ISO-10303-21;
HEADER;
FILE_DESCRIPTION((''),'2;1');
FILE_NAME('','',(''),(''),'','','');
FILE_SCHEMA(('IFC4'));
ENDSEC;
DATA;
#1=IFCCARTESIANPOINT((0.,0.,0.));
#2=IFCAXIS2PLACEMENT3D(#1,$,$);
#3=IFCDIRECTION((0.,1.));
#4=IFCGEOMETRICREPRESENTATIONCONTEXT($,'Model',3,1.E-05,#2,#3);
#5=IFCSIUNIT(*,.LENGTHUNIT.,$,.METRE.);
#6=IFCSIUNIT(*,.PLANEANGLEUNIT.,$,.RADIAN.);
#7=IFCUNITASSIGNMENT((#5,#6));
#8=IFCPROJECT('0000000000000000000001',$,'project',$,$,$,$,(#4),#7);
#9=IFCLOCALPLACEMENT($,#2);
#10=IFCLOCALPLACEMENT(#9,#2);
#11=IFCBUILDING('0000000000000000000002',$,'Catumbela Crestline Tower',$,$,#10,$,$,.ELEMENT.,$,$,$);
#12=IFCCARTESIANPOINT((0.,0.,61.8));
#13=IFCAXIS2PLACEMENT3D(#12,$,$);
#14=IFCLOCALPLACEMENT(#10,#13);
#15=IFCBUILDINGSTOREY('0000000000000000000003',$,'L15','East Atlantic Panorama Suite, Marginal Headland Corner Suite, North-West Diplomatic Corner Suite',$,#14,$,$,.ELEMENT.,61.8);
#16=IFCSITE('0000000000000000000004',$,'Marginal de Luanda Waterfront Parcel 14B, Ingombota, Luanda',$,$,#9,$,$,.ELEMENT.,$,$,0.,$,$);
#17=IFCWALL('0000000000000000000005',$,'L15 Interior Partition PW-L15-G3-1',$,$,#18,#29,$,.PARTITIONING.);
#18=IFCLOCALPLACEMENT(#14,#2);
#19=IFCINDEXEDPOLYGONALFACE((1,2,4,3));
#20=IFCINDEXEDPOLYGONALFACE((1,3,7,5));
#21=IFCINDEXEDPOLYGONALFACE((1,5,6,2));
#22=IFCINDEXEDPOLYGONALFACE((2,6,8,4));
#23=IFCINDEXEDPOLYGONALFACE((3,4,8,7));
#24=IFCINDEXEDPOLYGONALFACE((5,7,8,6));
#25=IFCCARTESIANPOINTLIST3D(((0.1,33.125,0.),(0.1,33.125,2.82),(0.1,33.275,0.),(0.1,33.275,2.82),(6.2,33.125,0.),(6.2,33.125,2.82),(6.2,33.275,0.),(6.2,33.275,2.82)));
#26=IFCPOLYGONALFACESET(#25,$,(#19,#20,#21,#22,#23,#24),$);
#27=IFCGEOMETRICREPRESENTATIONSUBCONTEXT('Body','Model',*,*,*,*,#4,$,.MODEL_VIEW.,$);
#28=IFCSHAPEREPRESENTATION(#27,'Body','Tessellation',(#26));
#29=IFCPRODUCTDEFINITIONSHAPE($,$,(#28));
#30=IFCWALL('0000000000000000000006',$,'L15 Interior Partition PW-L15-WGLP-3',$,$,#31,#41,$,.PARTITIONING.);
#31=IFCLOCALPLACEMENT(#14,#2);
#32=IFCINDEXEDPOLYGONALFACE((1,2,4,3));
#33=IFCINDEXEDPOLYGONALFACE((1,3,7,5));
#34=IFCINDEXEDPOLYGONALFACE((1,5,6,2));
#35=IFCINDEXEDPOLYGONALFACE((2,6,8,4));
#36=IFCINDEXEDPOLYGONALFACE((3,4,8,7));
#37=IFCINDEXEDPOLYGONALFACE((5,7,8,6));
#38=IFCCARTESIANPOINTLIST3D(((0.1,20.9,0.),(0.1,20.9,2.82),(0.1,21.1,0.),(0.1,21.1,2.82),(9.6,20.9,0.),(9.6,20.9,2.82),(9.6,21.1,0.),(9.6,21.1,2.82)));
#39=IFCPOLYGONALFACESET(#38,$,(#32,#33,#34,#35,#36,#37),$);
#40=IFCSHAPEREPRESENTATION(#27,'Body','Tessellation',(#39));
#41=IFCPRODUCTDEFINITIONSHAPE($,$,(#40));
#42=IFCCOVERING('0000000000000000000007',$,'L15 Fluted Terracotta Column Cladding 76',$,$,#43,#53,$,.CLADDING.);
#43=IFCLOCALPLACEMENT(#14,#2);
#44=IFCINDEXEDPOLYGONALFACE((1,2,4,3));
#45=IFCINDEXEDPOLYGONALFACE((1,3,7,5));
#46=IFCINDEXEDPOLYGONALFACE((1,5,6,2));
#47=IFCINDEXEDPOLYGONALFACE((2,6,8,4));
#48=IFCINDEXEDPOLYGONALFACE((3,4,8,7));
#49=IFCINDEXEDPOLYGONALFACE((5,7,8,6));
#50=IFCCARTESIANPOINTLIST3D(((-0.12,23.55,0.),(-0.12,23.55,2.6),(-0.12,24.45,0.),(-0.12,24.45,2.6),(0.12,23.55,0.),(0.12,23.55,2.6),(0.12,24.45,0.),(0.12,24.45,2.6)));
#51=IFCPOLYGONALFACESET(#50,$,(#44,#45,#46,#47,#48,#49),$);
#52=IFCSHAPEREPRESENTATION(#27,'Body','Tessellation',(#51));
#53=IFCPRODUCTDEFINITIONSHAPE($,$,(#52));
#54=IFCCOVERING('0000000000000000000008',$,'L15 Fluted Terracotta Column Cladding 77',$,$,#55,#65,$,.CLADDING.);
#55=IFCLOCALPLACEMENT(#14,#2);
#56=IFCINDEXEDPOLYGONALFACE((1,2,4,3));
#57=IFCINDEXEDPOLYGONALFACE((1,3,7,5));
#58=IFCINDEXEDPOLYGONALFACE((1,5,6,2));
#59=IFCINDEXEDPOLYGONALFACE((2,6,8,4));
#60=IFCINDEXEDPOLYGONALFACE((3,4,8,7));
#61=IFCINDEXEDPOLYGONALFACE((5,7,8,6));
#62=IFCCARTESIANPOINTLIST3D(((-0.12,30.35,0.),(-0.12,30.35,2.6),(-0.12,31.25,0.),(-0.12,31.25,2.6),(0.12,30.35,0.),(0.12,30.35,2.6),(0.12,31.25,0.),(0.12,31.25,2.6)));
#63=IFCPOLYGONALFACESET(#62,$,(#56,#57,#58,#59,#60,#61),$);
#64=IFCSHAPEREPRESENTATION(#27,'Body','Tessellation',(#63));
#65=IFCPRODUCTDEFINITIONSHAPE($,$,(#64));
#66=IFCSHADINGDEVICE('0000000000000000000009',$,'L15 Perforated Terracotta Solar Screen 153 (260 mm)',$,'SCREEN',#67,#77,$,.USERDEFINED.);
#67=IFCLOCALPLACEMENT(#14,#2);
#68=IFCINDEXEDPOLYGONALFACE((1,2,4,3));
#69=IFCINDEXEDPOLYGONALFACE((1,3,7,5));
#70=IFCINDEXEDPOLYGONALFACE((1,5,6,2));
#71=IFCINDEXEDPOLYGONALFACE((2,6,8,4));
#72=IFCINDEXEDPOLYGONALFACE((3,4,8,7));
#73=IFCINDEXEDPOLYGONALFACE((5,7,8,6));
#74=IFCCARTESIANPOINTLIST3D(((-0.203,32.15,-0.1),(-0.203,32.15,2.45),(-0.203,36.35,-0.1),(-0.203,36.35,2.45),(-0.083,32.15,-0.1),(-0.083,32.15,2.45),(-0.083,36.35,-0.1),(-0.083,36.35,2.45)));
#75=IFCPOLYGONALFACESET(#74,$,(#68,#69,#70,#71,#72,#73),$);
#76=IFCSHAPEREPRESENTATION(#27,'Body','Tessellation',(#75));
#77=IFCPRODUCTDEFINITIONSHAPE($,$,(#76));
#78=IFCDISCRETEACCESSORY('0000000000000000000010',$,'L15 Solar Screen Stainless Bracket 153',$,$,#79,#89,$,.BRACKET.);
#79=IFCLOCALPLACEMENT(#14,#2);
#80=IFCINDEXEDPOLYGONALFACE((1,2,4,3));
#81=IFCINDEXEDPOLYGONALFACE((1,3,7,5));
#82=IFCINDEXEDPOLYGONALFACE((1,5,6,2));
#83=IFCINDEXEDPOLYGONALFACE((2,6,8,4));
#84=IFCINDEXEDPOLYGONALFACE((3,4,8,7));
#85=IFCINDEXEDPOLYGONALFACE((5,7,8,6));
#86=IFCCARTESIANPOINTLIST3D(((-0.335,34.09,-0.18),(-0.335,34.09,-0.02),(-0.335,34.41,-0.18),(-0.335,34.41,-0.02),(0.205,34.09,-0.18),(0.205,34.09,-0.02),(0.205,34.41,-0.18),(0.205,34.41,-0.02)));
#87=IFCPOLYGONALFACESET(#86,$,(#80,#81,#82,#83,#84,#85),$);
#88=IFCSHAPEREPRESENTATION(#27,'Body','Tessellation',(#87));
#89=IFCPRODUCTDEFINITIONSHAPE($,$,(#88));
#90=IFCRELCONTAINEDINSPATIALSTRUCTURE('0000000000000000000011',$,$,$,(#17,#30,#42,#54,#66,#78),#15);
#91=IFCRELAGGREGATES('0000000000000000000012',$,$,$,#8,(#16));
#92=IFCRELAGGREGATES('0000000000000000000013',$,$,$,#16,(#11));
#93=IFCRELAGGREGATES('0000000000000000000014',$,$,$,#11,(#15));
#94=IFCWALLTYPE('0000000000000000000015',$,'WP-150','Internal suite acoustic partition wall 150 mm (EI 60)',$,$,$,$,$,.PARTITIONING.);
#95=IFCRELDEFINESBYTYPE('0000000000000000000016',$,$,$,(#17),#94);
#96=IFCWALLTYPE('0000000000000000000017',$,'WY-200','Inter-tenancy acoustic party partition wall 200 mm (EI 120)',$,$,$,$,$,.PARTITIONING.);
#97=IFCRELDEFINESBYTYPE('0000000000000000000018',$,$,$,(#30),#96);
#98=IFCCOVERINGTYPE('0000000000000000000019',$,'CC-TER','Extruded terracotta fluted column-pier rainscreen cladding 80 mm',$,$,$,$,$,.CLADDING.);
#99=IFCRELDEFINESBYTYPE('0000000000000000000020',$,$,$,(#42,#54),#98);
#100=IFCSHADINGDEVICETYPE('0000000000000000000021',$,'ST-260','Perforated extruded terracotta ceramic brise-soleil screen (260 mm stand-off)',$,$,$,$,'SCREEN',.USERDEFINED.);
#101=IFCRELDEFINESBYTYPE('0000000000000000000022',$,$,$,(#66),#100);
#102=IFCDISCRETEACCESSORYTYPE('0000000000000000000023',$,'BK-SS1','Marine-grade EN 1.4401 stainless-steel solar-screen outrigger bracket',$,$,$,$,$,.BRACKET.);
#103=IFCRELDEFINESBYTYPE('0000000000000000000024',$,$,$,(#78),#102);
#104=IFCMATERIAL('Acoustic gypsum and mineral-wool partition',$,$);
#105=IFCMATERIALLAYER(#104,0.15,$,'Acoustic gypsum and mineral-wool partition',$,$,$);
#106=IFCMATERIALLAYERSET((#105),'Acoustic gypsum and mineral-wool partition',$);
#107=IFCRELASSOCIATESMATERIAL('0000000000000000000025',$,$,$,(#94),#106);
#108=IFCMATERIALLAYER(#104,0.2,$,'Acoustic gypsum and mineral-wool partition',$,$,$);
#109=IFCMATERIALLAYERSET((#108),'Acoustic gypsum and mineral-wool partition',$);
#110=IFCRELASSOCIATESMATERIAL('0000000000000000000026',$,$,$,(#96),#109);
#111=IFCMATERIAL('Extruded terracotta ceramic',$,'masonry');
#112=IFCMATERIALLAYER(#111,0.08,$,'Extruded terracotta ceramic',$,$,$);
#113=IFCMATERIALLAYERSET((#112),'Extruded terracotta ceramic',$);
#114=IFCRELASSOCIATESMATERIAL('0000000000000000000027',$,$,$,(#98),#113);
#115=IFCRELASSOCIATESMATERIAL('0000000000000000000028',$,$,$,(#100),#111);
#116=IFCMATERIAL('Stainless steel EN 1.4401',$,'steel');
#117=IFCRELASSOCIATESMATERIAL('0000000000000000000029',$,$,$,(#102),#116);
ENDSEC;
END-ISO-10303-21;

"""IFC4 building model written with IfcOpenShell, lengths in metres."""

from ifc_helpers import new_model, si_unit, direction, frame, frame_2d, origin, origin_2d, place, context, subcontext, project, spatial, rectangle, extrude, material, layer, layer_set, type_object, element, save


model = new_model("IFC4")

# Units and contexts
model_context = context("Model", 3, precision=1e-05, world=origin(), true_north=direction((0.0, 1.0)))
body_context = subcontext(model_context, "Body", "Model", "MODEL_VIEW")
ifc_project = project(units=[si_unit("LENGTHUNIT", "METRE"), si_unit("PLANEANGLEUNIT", "RADIAN")], contexts=[model_context])

# Site, building, storey
site_placement = place(None, origin())
site = spatial("IfcSite", under=ifc_project, at=site_placement, Name="Marginal de Luanda Waterfront Parcel 14B, Ingombota, Luanda", CompositionType="ELEMENT", RefElevation=0.0)
building_placement = place(site_placement, origin())
building = spatial("IfcBuilding", under=site, at=building_placement, Name="Catumbela Crestline Tower", CompositionType="ELEMENT")
storey_placement = place(building_placement, frame((0.0, 0.0, 61.8)))
storey = spatial("IfcBuildingStorey", under=building, at=storey_placement, Name="L15", Description="East Atlantic Panorama Suite, Marginal Headland Corner Suite, North-West Diplomatic Corner Suite", CompositionType="ELEMENT", Elevation=61.8)

# Walls
ifc_material_1 = material(Name="Acoustic gypsum and mineral-wool partition")
ifc_layer_1 = layer(ifc_material_1, 0.15, Name="Acoustic gypsum and mineral-wool partition")
ifc_layer_set_1 = layer_set([ifc_layer_1], Name="Acoustic gypsum and mineral-wool partition")
wall_type_1 = type_object("IfcWallType", Name="WP-150", Description="Internal suite acoustic partition wall 150 mm (EI 60)", PredefinedType="PARTITIONING", material=ifc_layer_set_1)
wall_1_placement = place(storey_placement, frame((0.1, 33.2, 0.0), z_axis=(0.0, 0.0, 1.0), x_axis=(1.0, 0.0, 0.0)))
element("IfcWall", 1, at=wall_1_placement, inside=storey, type_object=wall_type_1, Name="L15 Interior Partition PW-L15-G3-1", PredefinedType="PARTITIONING", context=body_context, shape_type="SweptSolid", body=[
    extrude(rectangle(XDim=6.1, YDim=0.15, at=frame_2d((3.05, 0.0))), origin(), (0.0, 0.0, 1.0), 2.82),
])
ifc_layer_2 = layer(ifc_material_1, 0.2, Name="Acoustic gypsum and mineral-wool partition")
ifc_layer_set_2 = layer_set([ifc_layer_2], Name="Acoustic gypsum and mineral-wool partition")
wall_type_2 = type_object("IfcWallType", Name="WY-200", Description="Inter-tenancy acoustic party partition wall 200 mm (EI 120)", PredefinedType="PARTITIONING", material=ifc_layer_set_2)
wall_2_placement = place(storey_placement, frame((0.1, 21.0, 0.0), z_axis=(0.0, 0.0, 1.0), x_axis=(1.0, 0.0, 0.0)))
element("IfcWall", 2, at=wall_2_placement, inside=storey, type_object=wall_type_2, Name="L15 Interior Partition PW-L15-WGLP-3", PredefinedType="PARTITIONING", context=body_context, shape_type="SweptSolid", body=[
    extrude(rectangle(XDim=9.5, YDim=0.2, at=frame_2d((4.75, 0.0))), origin(), (0.0, 0.0, 1.0), 2.82),
])

# Coverings
ifc_material_2 = material(Name="Extruded terracotta ceramic", Category="masonry")
ifc_layer_3 = layer(ifc_material_2, 0.08, Name="Extruded terracotta ceramic")
ifc_layer_set_3 = layer_set([ifc_layer_3], Name="Extruded terracotta ceramic")
covering_type = type_object("IfcCoveringType", Name="CC-TER", Description="Extruded terracotta fluted column-pier rainscreen cladding 80 mm", PredefinedType="CLADDING", material=ifc_layer_set_3)
for number, where, z_axis, x_axis, name in (
    (3, (0.0, 24.0, 0.0), (0.0, 0.0, 1.0), (0.0, -1.0, 0.0), "L15 Fluted Terracotta Column Cladding 76"),
    (4, (0.0, 30.8, 0.0), (0.0, 0.0, 1.0), (0.0, -1.0, 0.0), "L15 Fluted Terracotta Column Cladding 77"),
):
    element("IfcCovering", number, at=place(storey_placement, frame(where, z_axis=z_axis, x_axis=x_axis)), inside=storey, type_object=covering_type, Name=name, PredefinedType="CLADDING", context=body_context, shape_type="SweptSolid", body=[
        extrude(rectangle(XDim=0.9, YDim=0.24, at=origin_2d()), origin(), (0.0, 0.0, 1.0), 2.6),
    ])

# Shading device
shading_device_type = type_object("IfcShadingDeviceType", Name="ST-260", Description="Perforated extruded terracotta ceramic brise-soleil screen (260 mm stand-off)", ElementType="SCREEN", PredefinedType="USERDEFINED", material=ifc_material_2)
shading_device_placement = place(storey_placement, frame((-0.143, 34.25, -0.1), z_axis=(0.0, 0.0, 1.0), x_axis=(0.0, -1.0, 0.0)))
element("IfcShadingDevice", 5, at=shading_device_placement, inside=storey, type_object=shading_device_type, Name="L15 Perforated Terracotta Solar Screen 153 (260 mm)", ObjectType="SCREEN", PredefinedType="USERDEFINED", context=body_context, shape_type="SweptSolid", body=[
    extrude(rectangle(XDim=4.2, YDim=0.12, at=origin_2d()), origin(), (0.0, 0.0, 1.0), 2.55),
])

# Discrete accessory
ifc_material_3 = material(Name="Stainless steel EN 1.4401", Category="steel")
discrete_accessory_type = type_object("IfcDiscreteAccessoryType", Name="BK-SS1", Description="Marine-grade EN 1.4401 stainless-steel solar-screen outrigger bracket", PredefinedType="BRACKET", material=ifc_material_3)
discrete_accessory_placement = place(storey_placement, frame((-0.065, 34.25, -0.18), z_axis=(0.0, 0.0, 1.0), x_axis=(0.0, -1.0, 0.0)))
element("IfcDiscreteAccessory", 6, at=discrete_accessory_placement, inside=storey, type_object=discrete_accessory_type, Name="L15 Solar Screen Stainless Bracket 153", PredefinedType="BRACKET", context=body_context, shape_type="SweptSolid", body=[
    extrude(rectangle(XDim=0.32, YDim=0.54, at=origin_2d()), origin(), (0.0, 0.0, 1.0), 0.16),
])

save(model, "model.ifc")
